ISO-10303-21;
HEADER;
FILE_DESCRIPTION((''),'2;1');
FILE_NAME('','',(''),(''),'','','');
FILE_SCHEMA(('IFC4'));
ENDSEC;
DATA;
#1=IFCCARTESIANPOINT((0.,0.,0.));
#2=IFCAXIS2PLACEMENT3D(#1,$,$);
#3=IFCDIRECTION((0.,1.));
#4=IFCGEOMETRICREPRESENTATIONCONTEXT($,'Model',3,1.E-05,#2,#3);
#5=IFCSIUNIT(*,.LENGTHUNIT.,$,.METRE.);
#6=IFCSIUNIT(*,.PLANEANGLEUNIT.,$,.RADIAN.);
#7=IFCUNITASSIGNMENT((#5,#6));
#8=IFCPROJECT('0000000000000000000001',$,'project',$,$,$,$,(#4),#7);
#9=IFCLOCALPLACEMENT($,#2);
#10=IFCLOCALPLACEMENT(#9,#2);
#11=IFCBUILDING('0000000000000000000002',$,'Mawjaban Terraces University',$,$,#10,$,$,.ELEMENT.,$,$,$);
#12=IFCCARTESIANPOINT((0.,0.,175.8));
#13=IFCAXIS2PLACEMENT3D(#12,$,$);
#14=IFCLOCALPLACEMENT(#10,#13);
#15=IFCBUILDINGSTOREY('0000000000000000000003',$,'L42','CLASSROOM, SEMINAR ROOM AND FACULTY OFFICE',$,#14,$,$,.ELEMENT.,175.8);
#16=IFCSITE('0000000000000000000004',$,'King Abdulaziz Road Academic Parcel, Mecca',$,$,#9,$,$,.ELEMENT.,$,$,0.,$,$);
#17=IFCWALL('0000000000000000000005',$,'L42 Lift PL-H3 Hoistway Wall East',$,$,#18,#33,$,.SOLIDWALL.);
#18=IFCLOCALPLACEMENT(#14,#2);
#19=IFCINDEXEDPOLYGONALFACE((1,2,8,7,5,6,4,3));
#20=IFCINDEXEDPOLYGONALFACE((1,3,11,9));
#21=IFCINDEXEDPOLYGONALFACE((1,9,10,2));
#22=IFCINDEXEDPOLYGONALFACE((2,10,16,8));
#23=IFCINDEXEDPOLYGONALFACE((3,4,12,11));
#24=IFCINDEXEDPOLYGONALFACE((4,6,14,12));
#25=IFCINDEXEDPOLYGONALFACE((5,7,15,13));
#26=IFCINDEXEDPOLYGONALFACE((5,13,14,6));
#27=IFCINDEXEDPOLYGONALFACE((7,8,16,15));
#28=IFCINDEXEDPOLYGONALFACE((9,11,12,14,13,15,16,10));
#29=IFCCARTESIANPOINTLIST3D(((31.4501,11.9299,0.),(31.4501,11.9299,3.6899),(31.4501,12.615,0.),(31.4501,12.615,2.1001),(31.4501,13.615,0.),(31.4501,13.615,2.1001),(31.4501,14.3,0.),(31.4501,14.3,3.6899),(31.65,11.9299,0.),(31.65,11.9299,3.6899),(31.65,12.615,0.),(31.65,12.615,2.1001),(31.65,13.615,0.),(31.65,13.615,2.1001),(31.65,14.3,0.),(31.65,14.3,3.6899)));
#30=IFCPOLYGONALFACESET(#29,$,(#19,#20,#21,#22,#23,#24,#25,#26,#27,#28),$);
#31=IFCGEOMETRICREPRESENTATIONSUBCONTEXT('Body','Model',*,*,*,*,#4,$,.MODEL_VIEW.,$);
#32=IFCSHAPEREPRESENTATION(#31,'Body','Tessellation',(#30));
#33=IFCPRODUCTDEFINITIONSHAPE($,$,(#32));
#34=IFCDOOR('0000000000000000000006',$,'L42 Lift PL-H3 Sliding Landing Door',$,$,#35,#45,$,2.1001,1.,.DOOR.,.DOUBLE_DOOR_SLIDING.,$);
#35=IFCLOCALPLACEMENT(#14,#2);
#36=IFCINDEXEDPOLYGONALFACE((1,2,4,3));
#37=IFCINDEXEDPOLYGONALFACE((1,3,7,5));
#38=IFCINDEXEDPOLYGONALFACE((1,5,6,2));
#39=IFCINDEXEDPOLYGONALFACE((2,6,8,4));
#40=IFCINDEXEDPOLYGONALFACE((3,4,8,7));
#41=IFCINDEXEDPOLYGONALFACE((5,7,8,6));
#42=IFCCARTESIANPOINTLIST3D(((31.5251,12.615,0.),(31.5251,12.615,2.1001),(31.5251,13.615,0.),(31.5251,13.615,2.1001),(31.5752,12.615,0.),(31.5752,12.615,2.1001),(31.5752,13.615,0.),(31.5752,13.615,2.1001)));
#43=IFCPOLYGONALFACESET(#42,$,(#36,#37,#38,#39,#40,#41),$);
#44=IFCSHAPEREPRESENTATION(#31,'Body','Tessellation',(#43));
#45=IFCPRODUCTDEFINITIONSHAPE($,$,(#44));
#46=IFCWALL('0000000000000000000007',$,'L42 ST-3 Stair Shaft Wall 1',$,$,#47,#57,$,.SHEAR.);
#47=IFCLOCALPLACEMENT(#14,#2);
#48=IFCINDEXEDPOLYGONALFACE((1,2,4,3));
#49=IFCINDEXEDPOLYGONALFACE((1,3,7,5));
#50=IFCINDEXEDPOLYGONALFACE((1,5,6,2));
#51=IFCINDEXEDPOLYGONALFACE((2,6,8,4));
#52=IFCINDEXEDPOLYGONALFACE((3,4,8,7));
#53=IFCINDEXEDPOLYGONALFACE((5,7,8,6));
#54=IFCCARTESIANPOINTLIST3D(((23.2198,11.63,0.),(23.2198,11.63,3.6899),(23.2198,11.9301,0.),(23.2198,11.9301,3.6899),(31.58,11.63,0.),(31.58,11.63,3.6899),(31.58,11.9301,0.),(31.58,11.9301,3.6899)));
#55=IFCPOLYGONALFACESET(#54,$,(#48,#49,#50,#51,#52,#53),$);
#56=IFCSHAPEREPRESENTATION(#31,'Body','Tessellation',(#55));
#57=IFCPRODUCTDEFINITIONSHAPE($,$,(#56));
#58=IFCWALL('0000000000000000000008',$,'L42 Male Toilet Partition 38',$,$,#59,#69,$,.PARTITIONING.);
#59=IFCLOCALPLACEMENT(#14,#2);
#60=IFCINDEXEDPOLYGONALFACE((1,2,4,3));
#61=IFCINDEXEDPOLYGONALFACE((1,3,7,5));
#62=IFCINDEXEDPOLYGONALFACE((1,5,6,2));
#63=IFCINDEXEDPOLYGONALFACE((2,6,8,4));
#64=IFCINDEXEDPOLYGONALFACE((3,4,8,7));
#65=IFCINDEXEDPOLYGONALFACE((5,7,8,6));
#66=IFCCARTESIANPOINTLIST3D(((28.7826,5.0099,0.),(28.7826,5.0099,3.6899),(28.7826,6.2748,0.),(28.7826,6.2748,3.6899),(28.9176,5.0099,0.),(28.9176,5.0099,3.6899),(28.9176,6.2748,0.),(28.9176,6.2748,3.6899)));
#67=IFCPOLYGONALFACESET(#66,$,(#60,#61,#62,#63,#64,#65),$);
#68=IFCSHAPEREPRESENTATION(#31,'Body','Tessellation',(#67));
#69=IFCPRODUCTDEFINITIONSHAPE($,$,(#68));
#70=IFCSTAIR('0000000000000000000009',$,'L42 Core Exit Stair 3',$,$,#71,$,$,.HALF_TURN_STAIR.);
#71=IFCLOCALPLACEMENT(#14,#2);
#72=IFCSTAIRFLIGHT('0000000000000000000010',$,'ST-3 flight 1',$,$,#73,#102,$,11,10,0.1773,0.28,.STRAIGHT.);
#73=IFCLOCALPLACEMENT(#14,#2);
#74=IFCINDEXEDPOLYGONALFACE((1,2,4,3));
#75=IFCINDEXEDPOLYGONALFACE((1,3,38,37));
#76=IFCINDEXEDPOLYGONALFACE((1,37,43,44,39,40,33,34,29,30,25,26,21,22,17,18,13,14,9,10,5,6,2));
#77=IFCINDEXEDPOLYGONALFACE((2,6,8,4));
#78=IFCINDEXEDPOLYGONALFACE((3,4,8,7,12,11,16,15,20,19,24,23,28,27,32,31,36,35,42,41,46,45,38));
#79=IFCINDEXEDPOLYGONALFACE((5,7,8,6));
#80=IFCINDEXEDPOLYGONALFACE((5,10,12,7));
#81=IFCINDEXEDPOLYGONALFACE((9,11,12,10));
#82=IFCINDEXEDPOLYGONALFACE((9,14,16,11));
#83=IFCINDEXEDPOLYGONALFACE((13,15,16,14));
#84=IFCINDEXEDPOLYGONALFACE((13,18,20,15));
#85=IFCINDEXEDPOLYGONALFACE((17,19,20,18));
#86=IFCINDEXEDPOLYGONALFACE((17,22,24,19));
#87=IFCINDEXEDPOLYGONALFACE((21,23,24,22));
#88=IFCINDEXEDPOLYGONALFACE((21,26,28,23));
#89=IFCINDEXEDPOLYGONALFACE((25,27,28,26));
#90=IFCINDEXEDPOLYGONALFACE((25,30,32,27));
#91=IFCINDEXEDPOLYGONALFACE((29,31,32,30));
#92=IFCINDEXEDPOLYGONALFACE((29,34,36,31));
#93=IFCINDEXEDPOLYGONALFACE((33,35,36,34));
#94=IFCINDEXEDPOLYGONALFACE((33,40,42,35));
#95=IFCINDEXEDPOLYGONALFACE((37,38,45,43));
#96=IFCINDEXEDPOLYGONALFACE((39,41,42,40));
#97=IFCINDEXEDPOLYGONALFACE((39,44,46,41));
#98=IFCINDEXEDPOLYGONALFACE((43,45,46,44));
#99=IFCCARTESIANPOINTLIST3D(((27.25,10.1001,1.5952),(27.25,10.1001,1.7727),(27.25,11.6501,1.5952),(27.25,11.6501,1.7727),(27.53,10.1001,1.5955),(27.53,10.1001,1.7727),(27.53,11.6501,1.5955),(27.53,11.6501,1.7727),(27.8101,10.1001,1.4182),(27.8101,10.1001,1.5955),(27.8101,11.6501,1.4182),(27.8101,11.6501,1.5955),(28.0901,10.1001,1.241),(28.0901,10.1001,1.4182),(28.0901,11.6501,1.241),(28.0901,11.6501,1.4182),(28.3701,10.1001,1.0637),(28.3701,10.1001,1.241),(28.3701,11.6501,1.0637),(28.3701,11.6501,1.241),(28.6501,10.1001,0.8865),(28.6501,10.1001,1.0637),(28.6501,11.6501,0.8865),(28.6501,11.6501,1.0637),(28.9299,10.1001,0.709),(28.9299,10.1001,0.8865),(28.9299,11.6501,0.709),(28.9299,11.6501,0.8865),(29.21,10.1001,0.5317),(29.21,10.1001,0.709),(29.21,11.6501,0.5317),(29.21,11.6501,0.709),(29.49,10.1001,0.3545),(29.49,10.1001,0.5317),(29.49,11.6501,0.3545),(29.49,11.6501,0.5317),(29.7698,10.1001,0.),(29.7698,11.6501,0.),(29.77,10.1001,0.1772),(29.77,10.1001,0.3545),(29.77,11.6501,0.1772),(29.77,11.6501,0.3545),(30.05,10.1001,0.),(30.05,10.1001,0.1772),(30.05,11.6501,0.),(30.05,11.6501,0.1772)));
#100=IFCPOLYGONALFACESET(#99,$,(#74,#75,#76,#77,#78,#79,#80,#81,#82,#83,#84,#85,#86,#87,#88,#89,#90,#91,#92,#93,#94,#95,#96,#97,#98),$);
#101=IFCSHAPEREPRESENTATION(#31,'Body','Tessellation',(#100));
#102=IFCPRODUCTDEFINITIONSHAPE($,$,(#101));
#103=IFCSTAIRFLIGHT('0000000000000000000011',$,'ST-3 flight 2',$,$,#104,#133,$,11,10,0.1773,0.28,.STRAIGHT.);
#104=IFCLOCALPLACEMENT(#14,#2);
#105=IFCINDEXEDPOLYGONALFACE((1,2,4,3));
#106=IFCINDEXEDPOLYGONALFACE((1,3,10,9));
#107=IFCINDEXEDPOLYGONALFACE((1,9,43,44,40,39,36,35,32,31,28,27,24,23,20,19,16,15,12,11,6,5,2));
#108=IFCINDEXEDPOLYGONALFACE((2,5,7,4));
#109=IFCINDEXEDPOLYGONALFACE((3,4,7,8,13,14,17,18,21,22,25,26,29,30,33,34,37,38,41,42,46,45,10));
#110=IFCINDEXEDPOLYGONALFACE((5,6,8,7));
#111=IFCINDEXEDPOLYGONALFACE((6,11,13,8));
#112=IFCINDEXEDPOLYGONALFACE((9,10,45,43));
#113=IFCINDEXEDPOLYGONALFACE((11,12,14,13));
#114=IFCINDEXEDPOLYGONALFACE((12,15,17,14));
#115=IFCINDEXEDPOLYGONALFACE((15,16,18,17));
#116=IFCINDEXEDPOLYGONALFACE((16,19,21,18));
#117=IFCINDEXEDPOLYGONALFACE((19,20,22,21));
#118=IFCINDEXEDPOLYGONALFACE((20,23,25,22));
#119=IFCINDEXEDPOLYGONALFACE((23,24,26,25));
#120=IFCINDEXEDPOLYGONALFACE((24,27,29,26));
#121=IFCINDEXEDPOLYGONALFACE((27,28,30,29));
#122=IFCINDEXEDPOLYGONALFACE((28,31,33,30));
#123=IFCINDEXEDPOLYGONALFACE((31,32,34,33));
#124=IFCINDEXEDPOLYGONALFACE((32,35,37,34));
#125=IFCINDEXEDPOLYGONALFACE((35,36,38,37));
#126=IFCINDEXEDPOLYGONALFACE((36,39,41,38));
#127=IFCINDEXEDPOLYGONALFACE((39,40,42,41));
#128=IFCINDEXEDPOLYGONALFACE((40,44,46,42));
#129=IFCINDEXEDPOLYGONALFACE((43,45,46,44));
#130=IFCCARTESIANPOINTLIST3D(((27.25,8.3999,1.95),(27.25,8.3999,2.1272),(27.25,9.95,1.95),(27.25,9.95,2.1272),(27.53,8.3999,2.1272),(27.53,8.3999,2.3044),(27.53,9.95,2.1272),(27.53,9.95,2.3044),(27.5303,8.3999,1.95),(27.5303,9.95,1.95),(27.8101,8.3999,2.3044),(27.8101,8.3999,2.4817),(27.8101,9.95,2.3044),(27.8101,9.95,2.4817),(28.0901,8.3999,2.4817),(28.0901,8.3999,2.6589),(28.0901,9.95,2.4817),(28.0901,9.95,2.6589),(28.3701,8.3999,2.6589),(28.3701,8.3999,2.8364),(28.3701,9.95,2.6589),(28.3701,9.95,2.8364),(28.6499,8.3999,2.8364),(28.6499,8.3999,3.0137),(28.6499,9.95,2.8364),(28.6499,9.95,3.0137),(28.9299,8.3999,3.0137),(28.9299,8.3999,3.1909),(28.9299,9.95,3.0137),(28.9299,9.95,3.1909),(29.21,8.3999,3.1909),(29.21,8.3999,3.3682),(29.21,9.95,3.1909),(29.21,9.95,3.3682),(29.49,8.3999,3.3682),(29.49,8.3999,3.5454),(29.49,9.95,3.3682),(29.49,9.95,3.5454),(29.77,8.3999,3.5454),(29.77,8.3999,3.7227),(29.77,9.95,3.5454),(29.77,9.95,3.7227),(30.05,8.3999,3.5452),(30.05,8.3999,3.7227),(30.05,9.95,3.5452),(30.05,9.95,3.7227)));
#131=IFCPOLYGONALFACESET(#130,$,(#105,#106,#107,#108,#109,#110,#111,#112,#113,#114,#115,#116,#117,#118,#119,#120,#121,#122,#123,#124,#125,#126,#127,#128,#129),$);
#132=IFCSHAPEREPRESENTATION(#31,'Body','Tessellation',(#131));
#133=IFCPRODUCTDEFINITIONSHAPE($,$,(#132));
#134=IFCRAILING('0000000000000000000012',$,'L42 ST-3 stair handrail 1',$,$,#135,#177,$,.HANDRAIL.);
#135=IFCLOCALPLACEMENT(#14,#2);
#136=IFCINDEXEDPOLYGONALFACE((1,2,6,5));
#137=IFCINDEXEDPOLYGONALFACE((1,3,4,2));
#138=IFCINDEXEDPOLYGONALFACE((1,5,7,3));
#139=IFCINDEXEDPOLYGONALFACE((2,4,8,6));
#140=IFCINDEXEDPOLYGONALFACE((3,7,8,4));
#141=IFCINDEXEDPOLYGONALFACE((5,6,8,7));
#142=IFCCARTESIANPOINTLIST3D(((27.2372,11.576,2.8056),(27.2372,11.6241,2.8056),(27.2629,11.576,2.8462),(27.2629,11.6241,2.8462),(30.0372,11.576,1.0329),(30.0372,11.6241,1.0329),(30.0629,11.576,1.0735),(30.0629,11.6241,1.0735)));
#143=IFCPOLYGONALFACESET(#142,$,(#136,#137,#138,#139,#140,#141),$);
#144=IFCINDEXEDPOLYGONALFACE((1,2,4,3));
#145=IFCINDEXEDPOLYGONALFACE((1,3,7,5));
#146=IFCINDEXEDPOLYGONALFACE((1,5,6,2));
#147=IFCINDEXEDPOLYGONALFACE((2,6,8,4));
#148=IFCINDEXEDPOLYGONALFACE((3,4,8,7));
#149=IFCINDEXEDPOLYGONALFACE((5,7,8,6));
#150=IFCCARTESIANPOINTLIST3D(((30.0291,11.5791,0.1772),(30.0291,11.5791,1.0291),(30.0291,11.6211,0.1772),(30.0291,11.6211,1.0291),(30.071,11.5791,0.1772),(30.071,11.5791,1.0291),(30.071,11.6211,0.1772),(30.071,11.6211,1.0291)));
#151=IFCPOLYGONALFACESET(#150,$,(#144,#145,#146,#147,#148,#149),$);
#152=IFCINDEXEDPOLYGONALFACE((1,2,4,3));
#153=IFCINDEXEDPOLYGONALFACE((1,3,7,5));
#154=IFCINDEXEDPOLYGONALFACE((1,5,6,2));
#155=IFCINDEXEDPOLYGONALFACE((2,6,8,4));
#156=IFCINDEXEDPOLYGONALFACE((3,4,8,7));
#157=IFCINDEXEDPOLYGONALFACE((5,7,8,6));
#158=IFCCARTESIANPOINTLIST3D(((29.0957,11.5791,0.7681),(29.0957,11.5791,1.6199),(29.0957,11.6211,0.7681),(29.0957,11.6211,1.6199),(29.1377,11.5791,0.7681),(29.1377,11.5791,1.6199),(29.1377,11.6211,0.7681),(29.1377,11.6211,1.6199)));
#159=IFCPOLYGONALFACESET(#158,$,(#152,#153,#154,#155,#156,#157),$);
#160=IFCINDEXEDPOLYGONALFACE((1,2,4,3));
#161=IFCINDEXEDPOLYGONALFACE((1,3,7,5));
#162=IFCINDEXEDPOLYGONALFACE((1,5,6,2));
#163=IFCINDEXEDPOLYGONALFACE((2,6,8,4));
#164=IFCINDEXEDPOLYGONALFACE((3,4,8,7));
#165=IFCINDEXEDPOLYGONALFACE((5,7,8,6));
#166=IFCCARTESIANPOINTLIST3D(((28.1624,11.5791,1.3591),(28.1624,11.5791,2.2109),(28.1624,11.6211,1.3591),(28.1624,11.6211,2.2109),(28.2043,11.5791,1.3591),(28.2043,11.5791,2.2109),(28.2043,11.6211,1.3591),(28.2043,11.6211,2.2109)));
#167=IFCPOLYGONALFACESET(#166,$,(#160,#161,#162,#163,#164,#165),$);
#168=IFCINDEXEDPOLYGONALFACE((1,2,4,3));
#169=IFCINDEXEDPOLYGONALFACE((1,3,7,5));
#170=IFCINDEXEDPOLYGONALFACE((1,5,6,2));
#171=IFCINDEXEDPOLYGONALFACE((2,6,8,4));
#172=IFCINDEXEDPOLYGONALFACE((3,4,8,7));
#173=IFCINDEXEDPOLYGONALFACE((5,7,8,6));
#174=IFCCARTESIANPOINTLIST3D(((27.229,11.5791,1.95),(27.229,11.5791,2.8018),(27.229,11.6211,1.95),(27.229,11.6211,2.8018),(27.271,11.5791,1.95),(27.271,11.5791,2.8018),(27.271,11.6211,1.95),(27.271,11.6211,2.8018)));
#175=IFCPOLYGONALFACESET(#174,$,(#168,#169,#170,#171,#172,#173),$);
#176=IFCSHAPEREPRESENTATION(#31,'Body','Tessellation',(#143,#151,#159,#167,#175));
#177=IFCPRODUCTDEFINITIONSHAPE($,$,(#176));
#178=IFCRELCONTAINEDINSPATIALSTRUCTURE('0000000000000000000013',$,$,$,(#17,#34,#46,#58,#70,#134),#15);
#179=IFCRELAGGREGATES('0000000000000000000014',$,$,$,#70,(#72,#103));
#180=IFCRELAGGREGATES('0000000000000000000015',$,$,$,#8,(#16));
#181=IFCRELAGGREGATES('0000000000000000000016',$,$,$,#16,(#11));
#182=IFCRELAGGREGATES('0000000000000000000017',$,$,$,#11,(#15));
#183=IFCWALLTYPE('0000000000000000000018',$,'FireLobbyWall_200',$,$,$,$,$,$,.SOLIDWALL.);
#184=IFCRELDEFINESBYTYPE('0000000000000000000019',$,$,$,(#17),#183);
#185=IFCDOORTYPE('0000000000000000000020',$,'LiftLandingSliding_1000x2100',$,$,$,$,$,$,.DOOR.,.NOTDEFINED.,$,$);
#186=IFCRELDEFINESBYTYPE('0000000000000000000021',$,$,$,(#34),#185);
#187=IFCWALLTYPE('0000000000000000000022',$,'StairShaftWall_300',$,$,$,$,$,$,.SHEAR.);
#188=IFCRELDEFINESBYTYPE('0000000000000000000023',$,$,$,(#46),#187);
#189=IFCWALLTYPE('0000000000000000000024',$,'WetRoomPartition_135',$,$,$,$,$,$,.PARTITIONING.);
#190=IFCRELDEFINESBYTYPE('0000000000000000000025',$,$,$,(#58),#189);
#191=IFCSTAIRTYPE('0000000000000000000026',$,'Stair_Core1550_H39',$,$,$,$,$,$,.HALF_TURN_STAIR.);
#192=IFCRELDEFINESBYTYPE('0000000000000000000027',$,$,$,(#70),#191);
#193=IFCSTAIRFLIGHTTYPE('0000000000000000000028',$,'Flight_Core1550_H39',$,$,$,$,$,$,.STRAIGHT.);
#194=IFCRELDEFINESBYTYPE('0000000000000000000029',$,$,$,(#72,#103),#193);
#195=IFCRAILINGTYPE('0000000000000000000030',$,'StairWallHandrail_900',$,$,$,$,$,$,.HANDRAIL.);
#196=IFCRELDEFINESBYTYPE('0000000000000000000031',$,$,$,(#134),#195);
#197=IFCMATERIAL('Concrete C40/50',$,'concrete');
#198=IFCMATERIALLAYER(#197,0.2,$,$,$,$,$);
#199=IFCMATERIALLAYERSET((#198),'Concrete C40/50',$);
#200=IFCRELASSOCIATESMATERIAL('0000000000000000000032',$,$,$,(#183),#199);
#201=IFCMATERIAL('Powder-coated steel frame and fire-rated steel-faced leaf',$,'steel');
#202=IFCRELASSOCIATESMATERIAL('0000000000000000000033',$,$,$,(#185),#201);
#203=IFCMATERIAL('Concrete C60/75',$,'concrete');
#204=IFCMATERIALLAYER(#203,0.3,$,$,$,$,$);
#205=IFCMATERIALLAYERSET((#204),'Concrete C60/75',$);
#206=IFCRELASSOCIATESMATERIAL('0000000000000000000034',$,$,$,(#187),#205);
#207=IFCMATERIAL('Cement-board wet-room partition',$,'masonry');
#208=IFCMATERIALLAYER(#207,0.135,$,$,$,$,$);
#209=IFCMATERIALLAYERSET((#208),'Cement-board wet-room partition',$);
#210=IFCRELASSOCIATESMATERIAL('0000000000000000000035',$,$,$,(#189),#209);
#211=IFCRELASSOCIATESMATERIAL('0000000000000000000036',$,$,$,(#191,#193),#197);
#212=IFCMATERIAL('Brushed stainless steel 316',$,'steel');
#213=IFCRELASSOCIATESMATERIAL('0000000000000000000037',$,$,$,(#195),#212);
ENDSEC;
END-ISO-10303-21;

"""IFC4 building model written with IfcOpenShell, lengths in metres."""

from ifc_helpers import new_model, si_unit, direction, frame, frame_2d, origin, origin_2d, place, context, subcontext, project, spatial, polyline, rectangle, outline, extrude, material, layer, layer_set, type_object, element, fill, aggregate, save


model = new_model("IFC4")

# Units and contexts
model_context = context("Model", 3, precision=1e-05, world=origin(), true_north=direction((0.0, 1.0)))
body_context = subcontext(model_context, "Body", "Model", "MODEL_VIEW")
ifc_project = project(units=[si_unit("LENGTHUNIT", "METRE"), si_unit("PLANEANGLEUNIT", "RADIAN")], contexts=[model_context])

# Site, building, storey
site_placement = place(None, origin())
site = spatial("IfcSite", under=ifc_project, at=site_placement, Name="King Abdulaziz Road Academic Parcel, Mecca", CompositionType="ELEMENT", RefElevation=0.0)
building_placement = place(site_placement, origin())
building = spatial("IfcBuilding", under=site, at=building_placement, Name="Mawjaban Terraces University", CompositionType="ELEMENT")
storey_placement = place(building_placement, frame((0.0, 0.0, 175.8)))
storey = spatial("IfcBuildingStorey", under=building, at=storey_placement, Name="L42", Description="CLASSROOM, SEMINAR ROOM AND FACULTY OFFICE", CompositionType="ELEMENT", Elevation=175.8)

# Wall, opening, door
ifc_material_1 = material(Name="Concrete C40/50", Category="concrete")
ifc_layer_1 = layer(ifc_material_1, 0.2)
ifc_layer_set_1 = layer_set([ifc_layer_1], Name="Concrete C40/50")
wall_type_1 = type_object("IfcWallType", Name="FireLobbyWall_200", PredefinedType="SOLIDWALL", material=ifc_layer_set_1)
ifc_material_2 = material(Name="Powder-coated steel frame and fire-rated steel-faced leaf", Category="steel")
door_type_1 = type_object("IfcDoorType", Name="LiftLandingSliding_1000x2100", OperationType="NOTDEFINED", PredefinedType="DOOR", material=ifc_material_2)
wall_1_placement = place(storey_placement, frame((31.55, 11.9299, 0.0), z_axis=(0.0, 0.0, 1.0), x_axis=(0.0, 1.0, 0.0)))
wall_1 = element("IfcWall", 1, at=wall_1_placement, inside=storey, type_object=wall_type_1, Name="L42 Lift PL-H3 Hoistway Wall East", PredefinedType="SOLIDWALL", context=body_context, shape_type="SweptSolid", body=[
    extrude(rectangle(XDim=2.3701, YDim=0.2, at=frame_2d((1.1851, 0.0))), origin(), (0.0, 0.0, 1.0), 3.6899),
])
opening_1_placement = place(wall_1_placement, frame((0.6851, 0.0, 0.0)))
opening_1 = element("IfcOpeningElement", 2, at=opening_1_placement, cuts=wall_1, PredefinedType="OPENING", context=body_context, shape_type="SweptSolid", body=[
    extrude(rectangle(XDim=1.0, YDim=2.1001, at=frame_2d((0.5, 1.05))), frame((0.0, 0.1099, 0.0), z_axis=(0.0, -1.0, 0.0), x_axis=(1.0, 0.0, 0.0)), (0.0, 0.0, 1.0), 0.22),
])
door_1_placement = place(opening_1_placement, origin())
door_1 = element("IfcDoor", 3, at=door_1_placement, inside=storey, type_object=door_type_1, Name="L42 Lift PL-H3 Sliding Landing Door", OperationType="DOUBLE_DOOR_SLIDING", OverallHeight=2.1001, OverallWidth=1.0, PredefinedType="DOOR", context=body_context, shape_type="SweptSolid", body=[
    extrude(rectangle(XDim=1.0, YDim=2.1001, at=frame_2d((0.5, 1.05))), frame((0.0, 0.0249, 0.0), z_axis=(0.0, -1.0, 0.0), x_axis=(1.0, 0.0, 0.0)), (0.0, 0.0, 1.0), 0.05),
])
fill(opening_1, door_1)

# Wall
ifc_material_3 = material(Name="Concrete C60/75", Category="concrete")
ifc_layer_2 = layer(ifc_material_3, 0.3)
ifc_layer_set_2 = layer_set([ifc_layer_2], Name="Concrete C60/75")
wall_type_2 = type_object("IfcWallType", Name="StairShaftWall_300", PredefinedType="SHEAR", material=ifc_layer_set_2)
wall_2_placement = place(storey_placement, frame((31.5801, 11.78, 0.0), z_axis=(0.0, 0.0, 1.0), x_axis=(-1.0, 0.0, 0.0)))
element("IfcWall", 4, at=wall_2_placement, inside=storey, type_object=wall_type_2, Name="L42 ST-3 Stair Shaft Wall 1", PredefinedType="SHEAR", context=body_context, shape_type="SweptSolid", body=[
    extrude(rectangle(XDim=8.3601, YDim=0.3, at=frame_2d((4.1802, 0.0))), origin(), (0.0, 0.0, 1.0), 3.6899),
])

# Wall
ifc_material_4 = material(Name="Cement-board wet-room partition", Category="masonry")
ifc_layer_3 = layer(ifc_material_4, 0.135)
ifc_layer_set_3 = layer_set([ifc_layer_3], Name="Cement-board wet-room partition")
wall_type_3 = type_object("IfcWallType", Name="WetRoomPartition_135", PredefinedType="PARTITIONING", material=ifc_layer_set_3)
wall_3_placement = place(storey_placement, frame((28.8501, 5.01, 0.0), z_axis=(0.0, 0.0, 1.0), x_axis=(0.0, 1.0, 0.0)))
element("IfcWall", 5, at=wall_3_placement, inside=storey, type_object=wall_type_3, Name="L42 Male Toilet Partition 38", PredefinedType="PARTITIONING", context=body_context, shape_type="SweptSolid", body=[
    extrude(rectangle(XDim=1.2649, YDim=0.135, at=frame_2d((0.6323, 0.0))), origin(), (0.0, 0.0, 1.0), 3.6899),
])

# Stair, stair flights
stair_type = type_object("IfcStairType", Name="Stair_Core1550_H39", PredefinedType="HALF_TURN_STAIR", material=ifc_material_1)
stair_placement = place(storey_placement, origin())
stair = element("IfcStair", 6, at=stair_placement, inside=storey, type_object=stair_type, Name="L42 Core Exit Stair 3", PredefinedType="HALF_TURN_STAIR")
stair_flight_type = type_object("IfcStairFlightType", Name="Flight_Core1550_H39", PredefinedType="STRAIGHT", material=ifc_material_1)
stair_flight_1_placement = place(storey_placement, frame((30.05, 10.875, 0.0), z_axis=(0.0, 0.0, 1.0), x_axis=(-1.0, 0.0, 0.0)))
stair_flight_1 = element("IfcStairFlight", 7, at=stair_flight_1_placement, type_object=stair_flight_type, Name="ST-3 flight 1", NumberOfRisers=11, NumberOfTreads=10, PredefinedType="STRAIGHT", RiserHeight=0.1773, TreadLength=0.28, context=body_context, shape_type="SweptSolid", body=[
    extrude(outline(polyline([(0.0, 0.0), (0.0, 0.1772), (0.28, 0.1772), (0.28, 0.3545), (0.5601, 0.3545), (0.5601, 0.5317), (0.8401, 0.5317), (0.8401, 0.709), (1.1201, 0.709), (1.1201, 0.8865), (1.3999, 0.8865), (1.3999, 1.0637), (1.6799, 1.0637), (1.6799, 1.241), (1.96, 1.241), (1.96, 1.4182), (2.24, 1.4182), (2.24, 1.5955), (2.52, 1.5955), (2.52, 1.7727), (2.8, 1.7727), (2.8, 1.95), (2.8, 1.5952), (0.2803, 0.0), (0.0, 0.0)])), frame((0.0, 0.7749, 0.0), z_axis=(0.0, -1.0, 0.0), x_axis=(1.0, 0.0, 0.0)), (0.0, 0.0, 1.0), 1.55),
])
stair_flight_2_placement = place(storey_placement, frame((27.25, 9.175, 1.95), z_axis=(0.0, 0.0, 1.0), x_axis=(1.0, 0.0, 0.0)))
stair_flight_2 = element("IfcStairFlight", 8, at=stair_flight_2_placement, type_object=stair_flight_type, Name="ST-3 flight 2", NumberOfRisers=11, NumberOfTreads=10, PredefinedType="STRAIGHT", RiserHeight=0.1773, TreadLength=0.28, context=body_context, shape_type="SweptSolid", body=[
    extrude(outline(polyline([(0.0, 0.0), (0.0, 0.1772), (0.28, 0.1772), (0.28, 0.3545), (0.5601, 0.3545), (0.5601, 0.5317), (0.8401, 0.5317), (0.8401, 0.709), (1.1201, 0.709), (1.1201, 0.8865), (1.3999, 0.8865), (1.3999, 1.0637), (1.6799, 1.0637), (1.6799, 1.241), (1.96, 1.241), (1.96, 1.4182), (2.24, 1.4182), (2.24, 1.5955), (2.52, 1.5955), (2.52, 1.7727), (2.8, 1.7727), (2.8, 1.95), (2.8, 1.5952), (0.2803, 0.0), (0.0, 0.0)])), frame((0.0, 0.7749, 0.0), z_axis=(0.0, -1.0, 0.0), x_axis=(1.0, 0.0, 0.0)), (0.0, 0.0, 1.0), 1.55),
])
aggregate(stair, [stair_flight_1, stair_flight_2])

# Railing
ifc_material_5 = material(Name="Brushed stainless steel 316", Category="steel")
railing_type_1 = type_object("IfcRailingType", Name="StairWallHandrail_900", PredefinedType="HANDRAIL", material=ifc_material_5)
railing_1_placement = place(storey_placement, frame((30.05, 11.6001, 0.1772)))
element("IfcRailing", 9, at=railing_1_placement, inside=storey, type_object=railing_type_1, Name="L42 ST-3 stair handrail 1", PredefinedType="HANDRAIL", context=body_context, shape_type="SweptSolid", body=[
    extrude(rectangle(XDim=0.0481, YDim=0.0481, at=origin_2d()), frame((0.0, 0.0, 0.876), z_axis=(-0.844909, 0.0, 0.53491), x_axis=(0.0, -1.0, 0.0)), (0.0, 0.0, 1.0), 3.314),
    extrude(rectangle(XDim=0.042, YDim=0.042, at=origin_2d()), origin(), (0.0, 0.0, 1.0), 0.8518),
    extrude(rectangle(XDim=0.042, YDim=0.042, at=origin_2d()), frame((-0.9333, 0.0, 0.5908)), (0.0, 0.0, 1.0), 0.8518),
    extrude(rectangle(XDim=0.042, YDim=0.042, at=origin_2d()), frame((-1.8667, 0.0, 1.1819)), (0.0, 0.0, 1.0), 0.8518),
    extrude(rectangle(XDim=0.042, YDim=0.042, at=origin_2d()), frame((-2.8, 0.0, 1.7727)), (0.0, 0.0, 1.0), 0.8518),
])

save(model, "model.ifc")
